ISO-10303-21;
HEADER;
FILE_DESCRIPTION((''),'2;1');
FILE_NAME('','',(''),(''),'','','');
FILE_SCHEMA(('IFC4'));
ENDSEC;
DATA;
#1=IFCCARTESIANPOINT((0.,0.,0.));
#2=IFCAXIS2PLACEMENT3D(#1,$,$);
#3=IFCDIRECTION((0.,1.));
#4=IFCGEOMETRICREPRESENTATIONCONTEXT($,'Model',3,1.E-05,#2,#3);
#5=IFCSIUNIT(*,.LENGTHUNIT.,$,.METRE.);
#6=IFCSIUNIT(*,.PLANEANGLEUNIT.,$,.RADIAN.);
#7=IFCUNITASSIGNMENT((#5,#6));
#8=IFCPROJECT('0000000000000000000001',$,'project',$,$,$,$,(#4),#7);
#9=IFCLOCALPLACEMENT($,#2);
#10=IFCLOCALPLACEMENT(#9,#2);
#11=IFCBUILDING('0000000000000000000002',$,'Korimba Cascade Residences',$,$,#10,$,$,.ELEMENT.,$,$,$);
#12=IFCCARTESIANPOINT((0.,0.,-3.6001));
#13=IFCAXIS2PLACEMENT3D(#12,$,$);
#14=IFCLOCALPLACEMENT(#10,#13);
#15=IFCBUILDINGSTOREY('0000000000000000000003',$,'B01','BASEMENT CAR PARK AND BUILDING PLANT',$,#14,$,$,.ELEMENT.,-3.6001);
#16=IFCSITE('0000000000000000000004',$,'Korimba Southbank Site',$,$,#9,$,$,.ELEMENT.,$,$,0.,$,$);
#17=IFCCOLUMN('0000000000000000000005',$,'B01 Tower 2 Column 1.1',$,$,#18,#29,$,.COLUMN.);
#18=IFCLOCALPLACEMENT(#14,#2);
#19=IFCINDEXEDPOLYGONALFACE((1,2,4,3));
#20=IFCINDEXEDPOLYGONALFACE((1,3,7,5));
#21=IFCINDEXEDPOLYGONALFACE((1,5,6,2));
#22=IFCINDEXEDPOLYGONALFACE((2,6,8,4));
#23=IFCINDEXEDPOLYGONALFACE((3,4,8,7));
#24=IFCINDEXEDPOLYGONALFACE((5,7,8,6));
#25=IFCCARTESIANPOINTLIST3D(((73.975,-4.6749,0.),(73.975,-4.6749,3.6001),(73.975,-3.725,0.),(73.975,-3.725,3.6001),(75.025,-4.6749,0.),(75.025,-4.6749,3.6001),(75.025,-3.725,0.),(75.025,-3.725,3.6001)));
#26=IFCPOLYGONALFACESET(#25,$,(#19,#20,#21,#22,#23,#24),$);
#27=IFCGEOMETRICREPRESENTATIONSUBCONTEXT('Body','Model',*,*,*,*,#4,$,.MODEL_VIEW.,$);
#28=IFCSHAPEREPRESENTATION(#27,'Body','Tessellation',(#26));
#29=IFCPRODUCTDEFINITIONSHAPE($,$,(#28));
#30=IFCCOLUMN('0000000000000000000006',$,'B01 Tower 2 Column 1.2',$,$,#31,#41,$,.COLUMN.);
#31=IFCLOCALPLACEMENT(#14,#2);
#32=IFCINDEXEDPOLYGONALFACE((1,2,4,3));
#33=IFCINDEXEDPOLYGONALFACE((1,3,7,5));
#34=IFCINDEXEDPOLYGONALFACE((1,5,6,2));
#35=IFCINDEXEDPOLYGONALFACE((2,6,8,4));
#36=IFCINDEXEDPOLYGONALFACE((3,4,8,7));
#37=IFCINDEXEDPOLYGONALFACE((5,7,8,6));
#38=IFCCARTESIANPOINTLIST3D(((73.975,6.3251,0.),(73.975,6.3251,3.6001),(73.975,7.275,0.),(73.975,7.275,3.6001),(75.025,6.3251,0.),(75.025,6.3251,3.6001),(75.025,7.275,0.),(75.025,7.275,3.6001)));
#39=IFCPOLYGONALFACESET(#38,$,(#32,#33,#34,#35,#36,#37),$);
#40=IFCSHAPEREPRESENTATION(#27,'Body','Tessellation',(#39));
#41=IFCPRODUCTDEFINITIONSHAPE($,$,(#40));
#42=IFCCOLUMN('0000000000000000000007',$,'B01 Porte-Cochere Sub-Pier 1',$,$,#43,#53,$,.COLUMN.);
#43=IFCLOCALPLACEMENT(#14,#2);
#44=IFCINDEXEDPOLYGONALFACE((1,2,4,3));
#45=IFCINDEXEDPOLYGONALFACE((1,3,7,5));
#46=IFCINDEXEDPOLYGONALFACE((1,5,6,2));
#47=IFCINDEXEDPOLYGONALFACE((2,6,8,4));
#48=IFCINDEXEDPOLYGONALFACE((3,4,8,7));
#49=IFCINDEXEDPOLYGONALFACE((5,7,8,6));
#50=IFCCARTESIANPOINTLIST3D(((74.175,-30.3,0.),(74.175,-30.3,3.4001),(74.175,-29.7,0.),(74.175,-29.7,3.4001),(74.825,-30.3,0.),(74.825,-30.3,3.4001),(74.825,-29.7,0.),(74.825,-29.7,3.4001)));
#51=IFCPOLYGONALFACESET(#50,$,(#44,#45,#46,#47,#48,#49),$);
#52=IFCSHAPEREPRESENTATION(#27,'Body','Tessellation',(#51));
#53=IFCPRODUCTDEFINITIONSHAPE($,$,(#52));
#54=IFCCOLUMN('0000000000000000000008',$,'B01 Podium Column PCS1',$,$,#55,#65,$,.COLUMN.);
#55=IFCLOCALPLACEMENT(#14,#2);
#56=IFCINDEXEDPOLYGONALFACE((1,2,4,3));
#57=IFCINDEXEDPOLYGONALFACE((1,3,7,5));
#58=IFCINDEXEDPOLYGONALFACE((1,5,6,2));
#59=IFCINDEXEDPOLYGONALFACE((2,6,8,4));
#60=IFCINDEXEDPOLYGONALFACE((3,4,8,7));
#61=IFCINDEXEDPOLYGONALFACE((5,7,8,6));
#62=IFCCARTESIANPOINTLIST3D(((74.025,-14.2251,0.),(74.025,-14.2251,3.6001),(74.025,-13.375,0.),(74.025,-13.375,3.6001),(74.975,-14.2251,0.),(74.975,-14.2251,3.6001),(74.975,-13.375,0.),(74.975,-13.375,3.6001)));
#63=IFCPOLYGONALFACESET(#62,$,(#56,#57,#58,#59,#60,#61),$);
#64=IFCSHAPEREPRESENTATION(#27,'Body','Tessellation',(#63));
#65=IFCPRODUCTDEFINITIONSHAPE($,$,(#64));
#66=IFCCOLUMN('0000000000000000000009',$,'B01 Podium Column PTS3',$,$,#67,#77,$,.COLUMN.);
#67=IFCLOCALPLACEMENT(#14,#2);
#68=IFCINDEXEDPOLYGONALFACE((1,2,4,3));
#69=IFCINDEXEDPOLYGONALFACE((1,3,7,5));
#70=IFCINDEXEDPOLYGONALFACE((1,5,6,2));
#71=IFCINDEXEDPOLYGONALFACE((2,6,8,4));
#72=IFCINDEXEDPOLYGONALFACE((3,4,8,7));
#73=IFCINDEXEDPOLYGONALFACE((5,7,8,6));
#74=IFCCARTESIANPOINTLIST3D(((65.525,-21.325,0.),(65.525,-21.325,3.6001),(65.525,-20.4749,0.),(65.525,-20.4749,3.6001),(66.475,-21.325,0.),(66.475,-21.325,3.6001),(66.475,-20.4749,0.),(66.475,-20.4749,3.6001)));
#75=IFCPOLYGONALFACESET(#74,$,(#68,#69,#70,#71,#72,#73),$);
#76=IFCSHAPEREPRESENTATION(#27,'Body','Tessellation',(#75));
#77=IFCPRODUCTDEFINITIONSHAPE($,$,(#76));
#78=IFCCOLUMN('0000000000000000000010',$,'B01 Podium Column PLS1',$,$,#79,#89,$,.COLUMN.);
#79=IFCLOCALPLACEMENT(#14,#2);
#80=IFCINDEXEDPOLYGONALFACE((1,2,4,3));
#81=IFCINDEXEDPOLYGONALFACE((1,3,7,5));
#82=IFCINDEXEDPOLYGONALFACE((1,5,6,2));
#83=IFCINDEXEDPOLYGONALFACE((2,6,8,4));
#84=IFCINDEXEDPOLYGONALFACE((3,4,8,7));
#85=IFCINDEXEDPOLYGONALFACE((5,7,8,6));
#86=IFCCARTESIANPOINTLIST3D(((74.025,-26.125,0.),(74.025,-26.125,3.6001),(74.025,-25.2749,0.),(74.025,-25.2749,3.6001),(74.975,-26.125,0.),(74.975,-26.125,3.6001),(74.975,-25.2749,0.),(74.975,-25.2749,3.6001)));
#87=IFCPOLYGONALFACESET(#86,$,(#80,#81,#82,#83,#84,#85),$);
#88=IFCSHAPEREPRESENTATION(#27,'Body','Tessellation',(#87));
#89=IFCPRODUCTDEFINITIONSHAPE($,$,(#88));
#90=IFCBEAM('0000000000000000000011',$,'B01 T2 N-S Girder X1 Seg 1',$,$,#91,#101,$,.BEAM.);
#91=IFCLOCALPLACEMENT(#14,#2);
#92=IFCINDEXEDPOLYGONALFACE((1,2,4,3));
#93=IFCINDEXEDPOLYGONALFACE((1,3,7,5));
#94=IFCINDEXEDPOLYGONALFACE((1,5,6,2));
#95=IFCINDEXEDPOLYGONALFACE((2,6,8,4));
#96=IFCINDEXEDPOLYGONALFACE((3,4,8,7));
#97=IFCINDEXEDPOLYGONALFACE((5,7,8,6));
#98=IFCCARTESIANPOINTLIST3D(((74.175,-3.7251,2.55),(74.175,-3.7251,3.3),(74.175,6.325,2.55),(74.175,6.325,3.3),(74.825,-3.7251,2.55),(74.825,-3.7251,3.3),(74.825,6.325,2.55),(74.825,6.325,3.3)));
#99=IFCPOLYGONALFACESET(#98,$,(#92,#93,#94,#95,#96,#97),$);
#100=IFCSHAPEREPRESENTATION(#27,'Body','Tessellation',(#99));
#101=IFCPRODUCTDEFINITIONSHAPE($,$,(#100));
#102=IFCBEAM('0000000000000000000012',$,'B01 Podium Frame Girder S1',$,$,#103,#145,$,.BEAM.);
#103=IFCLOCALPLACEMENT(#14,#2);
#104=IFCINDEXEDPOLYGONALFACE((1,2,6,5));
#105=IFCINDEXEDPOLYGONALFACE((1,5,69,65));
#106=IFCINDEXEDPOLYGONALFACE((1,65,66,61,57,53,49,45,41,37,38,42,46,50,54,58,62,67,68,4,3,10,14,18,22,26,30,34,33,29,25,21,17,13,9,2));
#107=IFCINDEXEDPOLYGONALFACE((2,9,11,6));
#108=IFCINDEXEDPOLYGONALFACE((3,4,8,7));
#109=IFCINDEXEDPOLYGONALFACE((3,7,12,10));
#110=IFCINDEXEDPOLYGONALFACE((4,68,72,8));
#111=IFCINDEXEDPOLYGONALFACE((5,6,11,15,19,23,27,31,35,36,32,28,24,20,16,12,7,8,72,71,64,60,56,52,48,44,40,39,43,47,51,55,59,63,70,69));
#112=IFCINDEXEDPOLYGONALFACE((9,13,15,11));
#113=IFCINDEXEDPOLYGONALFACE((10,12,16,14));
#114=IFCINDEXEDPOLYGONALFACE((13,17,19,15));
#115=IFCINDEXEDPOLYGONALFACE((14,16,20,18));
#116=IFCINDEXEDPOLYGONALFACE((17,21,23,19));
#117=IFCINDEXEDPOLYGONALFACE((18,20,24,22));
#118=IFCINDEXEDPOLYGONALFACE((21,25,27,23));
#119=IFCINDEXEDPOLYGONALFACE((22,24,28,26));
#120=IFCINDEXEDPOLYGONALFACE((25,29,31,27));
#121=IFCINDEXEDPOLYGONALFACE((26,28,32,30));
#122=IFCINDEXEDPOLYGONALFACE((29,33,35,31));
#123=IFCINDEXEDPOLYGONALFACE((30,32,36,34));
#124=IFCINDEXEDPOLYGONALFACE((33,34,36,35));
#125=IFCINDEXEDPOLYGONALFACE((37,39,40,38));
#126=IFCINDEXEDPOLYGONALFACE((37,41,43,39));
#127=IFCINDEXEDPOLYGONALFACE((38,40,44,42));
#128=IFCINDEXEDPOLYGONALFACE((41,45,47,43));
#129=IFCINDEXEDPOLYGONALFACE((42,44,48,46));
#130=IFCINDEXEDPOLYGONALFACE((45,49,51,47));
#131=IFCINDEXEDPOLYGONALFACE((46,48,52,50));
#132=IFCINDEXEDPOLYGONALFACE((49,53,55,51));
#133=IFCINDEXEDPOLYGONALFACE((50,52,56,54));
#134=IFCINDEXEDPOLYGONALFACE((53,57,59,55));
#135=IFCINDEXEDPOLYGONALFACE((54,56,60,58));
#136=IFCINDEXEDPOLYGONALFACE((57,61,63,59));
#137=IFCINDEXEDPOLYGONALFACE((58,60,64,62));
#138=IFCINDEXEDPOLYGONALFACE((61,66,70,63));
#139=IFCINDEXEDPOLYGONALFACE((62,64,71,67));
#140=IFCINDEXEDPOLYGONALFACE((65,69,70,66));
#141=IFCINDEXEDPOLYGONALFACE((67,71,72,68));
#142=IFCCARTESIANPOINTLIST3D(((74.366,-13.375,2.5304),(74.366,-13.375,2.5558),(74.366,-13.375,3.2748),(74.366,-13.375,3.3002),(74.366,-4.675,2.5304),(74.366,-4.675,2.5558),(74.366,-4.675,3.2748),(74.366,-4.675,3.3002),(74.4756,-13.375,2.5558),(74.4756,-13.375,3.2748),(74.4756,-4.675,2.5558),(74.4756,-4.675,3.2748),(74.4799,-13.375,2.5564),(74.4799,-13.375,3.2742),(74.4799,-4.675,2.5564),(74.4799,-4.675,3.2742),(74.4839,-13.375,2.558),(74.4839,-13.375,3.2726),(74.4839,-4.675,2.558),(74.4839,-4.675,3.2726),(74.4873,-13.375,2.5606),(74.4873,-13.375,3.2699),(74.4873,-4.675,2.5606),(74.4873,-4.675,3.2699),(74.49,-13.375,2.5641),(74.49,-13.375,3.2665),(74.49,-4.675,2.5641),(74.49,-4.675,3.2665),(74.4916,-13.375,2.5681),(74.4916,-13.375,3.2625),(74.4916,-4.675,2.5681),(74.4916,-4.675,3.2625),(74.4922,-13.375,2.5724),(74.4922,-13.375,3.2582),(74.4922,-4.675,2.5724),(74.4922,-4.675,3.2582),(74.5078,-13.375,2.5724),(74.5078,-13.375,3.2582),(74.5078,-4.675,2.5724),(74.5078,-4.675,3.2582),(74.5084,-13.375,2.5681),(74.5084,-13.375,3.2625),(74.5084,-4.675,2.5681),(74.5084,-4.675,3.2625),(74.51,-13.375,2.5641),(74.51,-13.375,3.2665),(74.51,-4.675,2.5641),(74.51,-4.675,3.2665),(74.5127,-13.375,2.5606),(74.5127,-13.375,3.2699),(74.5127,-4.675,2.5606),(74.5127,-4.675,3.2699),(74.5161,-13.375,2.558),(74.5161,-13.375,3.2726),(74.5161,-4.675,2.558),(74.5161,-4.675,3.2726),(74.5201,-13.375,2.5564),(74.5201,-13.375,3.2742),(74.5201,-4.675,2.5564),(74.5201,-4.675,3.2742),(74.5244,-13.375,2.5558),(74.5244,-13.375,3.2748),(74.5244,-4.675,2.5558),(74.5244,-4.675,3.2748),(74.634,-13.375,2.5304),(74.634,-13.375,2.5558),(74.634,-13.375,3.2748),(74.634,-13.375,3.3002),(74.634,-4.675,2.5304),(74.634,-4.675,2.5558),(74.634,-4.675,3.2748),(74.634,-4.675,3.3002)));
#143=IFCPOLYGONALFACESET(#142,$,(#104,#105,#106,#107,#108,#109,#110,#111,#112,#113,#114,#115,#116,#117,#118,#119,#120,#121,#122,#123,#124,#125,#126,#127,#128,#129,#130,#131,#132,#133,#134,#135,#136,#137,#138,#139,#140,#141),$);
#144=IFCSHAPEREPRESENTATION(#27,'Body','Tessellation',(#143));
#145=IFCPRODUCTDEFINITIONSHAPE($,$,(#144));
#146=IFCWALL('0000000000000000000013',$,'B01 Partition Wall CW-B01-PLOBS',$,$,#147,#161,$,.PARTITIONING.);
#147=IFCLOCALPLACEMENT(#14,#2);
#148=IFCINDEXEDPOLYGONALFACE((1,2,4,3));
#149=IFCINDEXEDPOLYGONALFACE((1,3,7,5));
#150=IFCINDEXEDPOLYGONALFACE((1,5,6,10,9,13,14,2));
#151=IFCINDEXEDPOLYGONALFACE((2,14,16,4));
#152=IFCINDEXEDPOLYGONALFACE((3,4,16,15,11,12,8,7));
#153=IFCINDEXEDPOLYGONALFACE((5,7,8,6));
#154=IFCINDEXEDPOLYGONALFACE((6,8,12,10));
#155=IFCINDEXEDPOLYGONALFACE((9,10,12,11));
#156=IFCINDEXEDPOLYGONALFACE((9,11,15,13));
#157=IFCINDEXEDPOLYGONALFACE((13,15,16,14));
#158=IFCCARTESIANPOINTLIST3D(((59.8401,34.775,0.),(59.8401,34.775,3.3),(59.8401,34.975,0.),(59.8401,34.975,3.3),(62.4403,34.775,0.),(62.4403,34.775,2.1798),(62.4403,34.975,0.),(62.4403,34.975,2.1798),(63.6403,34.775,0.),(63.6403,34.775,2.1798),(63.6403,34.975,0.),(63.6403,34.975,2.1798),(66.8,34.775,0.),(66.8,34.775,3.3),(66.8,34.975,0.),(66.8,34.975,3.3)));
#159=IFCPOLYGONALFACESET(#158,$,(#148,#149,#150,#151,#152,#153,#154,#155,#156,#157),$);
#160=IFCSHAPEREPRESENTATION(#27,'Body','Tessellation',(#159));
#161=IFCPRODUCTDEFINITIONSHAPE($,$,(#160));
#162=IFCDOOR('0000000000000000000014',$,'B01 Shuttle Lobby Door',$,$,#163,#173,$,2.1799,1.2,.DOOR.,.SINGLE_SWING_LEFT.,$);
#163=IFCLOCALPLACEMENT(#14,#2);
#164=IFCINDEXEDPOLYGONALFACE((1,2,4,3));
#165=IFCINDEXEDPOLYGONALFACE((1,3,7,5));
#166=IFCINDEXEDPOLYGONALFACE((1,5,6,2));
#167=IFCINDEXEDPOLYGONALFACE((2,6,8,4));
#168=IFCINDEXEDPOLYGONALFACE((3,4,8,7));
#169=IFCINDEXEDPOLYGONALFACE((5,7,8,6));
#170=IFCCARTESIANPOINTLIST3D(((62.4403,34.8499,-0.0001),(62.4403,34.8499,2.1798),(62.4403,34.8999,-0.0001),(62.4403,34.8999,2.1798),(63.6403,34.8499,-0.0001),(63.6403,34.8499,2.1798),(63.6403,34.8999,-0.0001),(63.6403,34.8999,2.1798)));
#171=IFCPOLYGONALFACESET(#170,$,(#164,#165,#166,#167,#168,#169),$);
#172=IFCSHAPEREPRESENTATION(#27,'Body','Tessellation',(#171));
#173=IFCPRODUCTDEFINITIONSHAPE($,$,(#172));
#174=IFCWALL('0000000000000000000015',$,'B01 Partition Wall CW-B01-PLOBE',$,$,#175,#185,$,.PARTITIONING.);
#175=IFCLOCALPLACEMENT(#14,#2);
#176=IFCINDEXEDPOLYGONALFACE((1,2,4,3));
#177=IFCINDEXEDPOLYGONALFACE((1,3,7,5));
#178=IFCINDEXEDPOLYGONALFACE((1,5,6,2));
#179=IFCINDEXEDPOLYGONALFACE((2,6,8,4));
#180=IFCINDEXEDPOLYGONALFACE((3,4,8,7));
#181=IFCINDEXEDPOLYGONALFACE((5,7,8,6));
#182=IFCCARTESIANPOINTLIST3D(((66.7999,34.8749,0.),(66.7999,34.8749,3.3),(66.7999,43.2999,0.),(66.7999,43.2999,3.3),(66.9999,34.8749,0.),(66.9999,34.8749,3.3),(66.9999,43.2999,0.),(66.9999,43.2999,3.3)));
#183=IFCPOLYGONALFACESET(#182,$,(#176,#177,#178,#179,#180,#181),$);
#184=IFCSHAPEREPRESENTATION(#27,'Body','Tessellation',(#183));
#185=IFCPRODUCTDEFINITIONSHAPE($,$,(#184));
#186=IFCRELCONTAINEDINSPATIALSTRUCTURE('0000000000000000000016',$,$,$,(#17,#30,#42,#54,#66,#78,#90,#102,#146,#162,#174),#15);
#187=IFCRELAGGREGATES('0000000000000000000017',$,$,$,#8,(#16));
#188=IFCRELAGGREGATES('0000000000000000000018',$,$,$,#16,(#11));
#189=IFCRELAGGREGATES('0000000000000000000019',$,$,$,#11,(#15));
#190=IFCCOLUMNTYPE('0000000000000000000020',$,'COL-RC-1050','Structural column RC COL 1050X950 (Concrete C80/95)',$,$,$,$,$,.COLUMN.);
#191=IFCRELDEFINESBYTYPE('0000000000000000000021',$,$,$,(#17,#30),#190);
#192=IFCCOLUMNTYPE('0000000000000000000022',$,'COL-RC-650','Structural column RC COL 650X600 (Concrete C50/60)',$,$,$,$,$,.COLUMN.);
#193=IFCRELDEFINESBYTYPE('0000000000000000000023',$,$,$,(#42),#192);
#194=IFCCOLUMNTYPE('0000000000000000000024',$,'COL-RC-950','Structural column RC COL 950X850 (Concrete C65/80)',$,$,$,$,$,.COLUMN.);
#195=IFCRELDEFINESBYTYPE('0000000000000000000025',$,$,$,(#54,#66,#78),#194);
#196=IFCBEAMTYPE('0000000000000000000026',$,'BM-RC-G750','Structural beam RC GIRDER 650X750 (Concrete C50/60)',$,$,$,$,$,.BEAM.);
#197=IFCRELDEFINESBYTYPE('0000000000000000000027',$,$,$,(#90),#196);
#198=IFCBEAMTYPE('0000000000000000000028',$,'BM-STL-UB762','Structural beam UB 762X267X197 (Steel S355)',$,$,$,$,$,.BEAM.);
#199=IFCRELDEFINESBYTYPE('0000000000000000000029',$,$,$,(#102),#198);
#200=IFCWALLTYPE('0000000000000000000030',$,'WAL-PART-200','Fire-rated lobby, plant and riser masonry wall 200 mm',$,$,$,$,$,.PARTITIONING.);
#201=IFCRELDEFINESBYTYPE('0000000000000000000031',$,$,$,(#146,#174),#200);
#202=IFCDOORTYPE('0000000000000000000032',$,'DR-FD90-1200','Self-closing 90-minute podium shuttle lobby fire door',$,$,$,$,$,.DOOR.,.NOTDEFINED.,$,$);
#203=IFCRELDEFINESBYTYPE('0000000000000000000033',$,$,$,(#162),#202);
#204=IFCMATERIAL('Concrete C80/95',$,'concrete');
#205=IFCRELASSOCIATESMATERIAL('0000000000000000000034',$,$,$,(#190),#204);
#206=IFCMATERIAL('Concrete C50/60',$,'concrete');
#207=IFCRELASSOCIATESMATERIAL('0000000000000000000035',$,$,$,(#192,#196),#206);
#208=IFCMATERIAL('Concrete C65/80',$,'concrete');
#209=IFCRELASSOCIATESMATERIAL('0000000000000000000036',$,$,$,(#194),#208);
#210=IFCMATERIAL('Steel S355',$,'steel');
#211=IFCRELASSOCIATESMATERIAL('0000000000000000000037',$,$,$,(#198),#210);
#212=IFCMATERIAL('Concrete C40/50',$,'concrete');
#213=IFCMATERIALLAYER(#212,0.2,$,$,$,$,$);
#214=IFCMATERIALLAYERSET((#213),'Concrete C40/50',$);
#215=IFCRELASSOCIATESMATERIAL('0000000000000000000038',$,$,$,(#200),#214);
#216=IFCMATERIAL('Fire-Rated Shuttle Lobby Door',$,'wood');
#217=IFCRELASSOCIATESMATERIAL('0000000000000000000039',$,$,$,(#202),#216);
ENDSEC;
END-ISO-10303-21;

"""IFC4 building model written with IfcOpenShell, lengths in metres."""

from ifc_helpers import new_model, si_unit, direction, frame, frame_2d, origin, origin_2d, place, context, subcontext, project, spatial, rectangle, i_section, extrude, material, layer, layer_set, material_profile, profile_set, type_object, element, fill, save


model = new_model("IFC4")

# Units and contexts
model_context = context("Model", 3, precision=1e-05, world=origin(), true_north=direction((0.0, 1.0)))
body_context = subcontext(model_context, "Body", "Model", "MODEL_VIEW")
ifc_project = project(units=[si_unit("LENGTHUNIT", "METRE"), si_unit("PLANEANGLEUNIT", "RADIAN")], contexts=[model_context])

# Site, building, storey
site_placement = place(None, origin())
site = spatial("IfcSite", under=ifc_project, at=site_placement, Name="Korimba Southbank Site", CompositionType="ELEMENT", RefElevation=0.0)
building_placement = place(site_placement, origin())
building = spatial("IfcBuilding", under=site, at=building_placement, Name="Korimba Cascade Residences", CompositionType="ELEMENT")
storey_placement = place(building_placement, frame((0.0, 0.0, -3.6001)))
storey = spatial("IfcBuildingStorey", under=building, at=storey_placement, Name="B01", Description="BASEMENT CAR PARK AND BUILDING PLANT", CompositionType="ELEMENT", Elevation=-3.6001)

# Columns
ifc_material_1 = material(Name="Concrete C80/95", Category="concrete")
ifc_material_profile_1 = material_profile(ifc_material_1, rectangle(XDim=1.05, YDim=0.95, at=origin_2d()), Name="Concrete C80/95")
ifc_profile_set_1 = profile_set([ifc_material_profile_1], Name="Concrete C80/95")
column_type_1 = type_object("IfcColumnType", Name="COL-RC-1050", Description="Structural column RC COL 1050X950 (Concrete C80/95)", PredefinedType="COLUMN", material=ifc_profile_set_1)
for number, where, z_axis, x_axis, name in (
    (1, (74.5, -4.2, 0.0), (0.0, 0.0, 1.0), (1.0, 0.0, 0.0), "B01 Tower 2 Column 1.1"),
    (2, (74.5, 6.8, 0.0), (0.0, 0.0, 1.0), (1.0, 0.0, 0.0), "B01 Tower 2 Column 1.2"),
):
    element("IfcColumn", number, at=place(storey_placement, frame(where, z_axis=z_axis, x_axis=x_axis)), inside=storey, type_object=column_type_1, Name=name, PredefinedType="COLUMN", context=body_context, shape_type="SweptSolid", body=[
        extrude(rectangle(XDim=1.05, YDim=0.95, at=origin_2d()), origin(), (0.0, 0.0, 1.0), 3.6001),
    ])
ifc_material_2 = material(Name="Concrete C50/60", Category="concrete")
ifc_material_profile_2 = material_profile(ifc_material_2, rectangle(XDim=0.6499, YDim=0.6001, at=origin_2d()), Name="Concrete C50/60")
ifc_profile_set_2 = profile_set([ifc_material_profile_2], Name="Concrete C50/60")
column_type_2 = type_object("IfcColumnType", Name="COL-RC-650", Description="Structural column RC COL 650X600 (Concrete C50/60)", PredefinedType="COLUMN", material=ifc_profile_set_2)
column_placement = place(storey_placement, frame((74.5, -30.0, 0.0), z_axis=(0.0, 0.0, 1.0), x_axis=(1.0, 0.0, 0.0)))
element("IfcColumn", 3, at=column_placement, inside=storey, type_object=column_type_2, Name="B01 Porte-Cochere Sub-Pier 1", PredefinedType="COLUMN", context=body_context, shape_type="SweptSolid", body=[
    extrude(rectangle(XDim=0.6499, YDim=0.6001, at=origin_2d()), origin(), (0.0, 0.0, 1.0), 3.4001),
])
ifc_material_3 = material(Name="Concrete C65/80", Category="concrete")
ifc_material_profile_3 = material_profile(ifc_material_3, rectangle(XDim=0.95, YDim=0.8501, at=origin_2d()), Name="Concrete C65/80")
ifc_profile_set_3 = profile_set([ifc_material_profile_3], Name="Concrete C65/80")
column_type_3 = type_object("IfcColumnType", Name="COL-RC-950", Description="Structural column RC COL 950X850 (Concrete C65/80)", PredefinedType="COLUMN", material=ifc_profile_set_3)
for number, where, z_axis, x_axis, name in (
    (4, (74.5, -13.8, 0.0), (0.0, 0.0, 1.0), (1.0, 0.0, 0.0), "B01 Podium Column PCS1"),
    (5, (66.0, -20.8999, 0.0), (0.0, 0.0, 1.0), (1.0, 0.0, 0.0), "B01 Podium Column PTS3"),
    (6, (74.5, -25.7, 0.0), (0.0, 0.0, 1.0), (1.0, 0.0, 0.0), "B01 Podium Column PLS1"),
):
    element("IfcColumn", number, at=place(storey_placement, frame(where, z_axis=z_axis, x_axis=x_axis)), inside=storey, type_object=column_type_3, Name=name, PredefinedType="COLUMN", context=body_context, shape_type="SweptSolid", body=[
        extrude(rectangle(XDim=0.95, YDim=0.8501, at=origin_2d()), origin(), (0.0, 0.0, 1.0), 3.6001),
    ])

# Beams
ifc_material_profile_4 = material_profile(ifc_material_2, rectangle(XDim=0.6499, YDim=0.75, at=origin_2d()), Name="Concrete C50/60")
ifc_profile_set_4 = profile_set([ifc_material_profile_4], Name="Concrete C50/60")
beam_type_1 = type_object("IfcBeamType", Name="BM-RC-G750", Description="Structural beam RC GIRDER 650X750 (Concrete C50/60)", PredefinedType="BEAM", material=ifc_profile_set_4)
beam_1_placement = place(storey_placement, frame((74.5, -3.7251, 2.925), z_axis=(0.0, 1.0, 0.0), x_axis=(-1.0, 0.0, 0.0)))
element("IfcBeam", 7, at=beam_1_placement, inside=storey, type_object=beam_type_1, Name="B01 T2 N-S Girder X1 Seg 1", PredefinedType="BEAM", context=body_context, shape_type="SweptSolid", body=[
    extrude(rectangle(XDim=0.6499, YDim=0.75, at=origin_2d()), origin(), (0.0, 0.0, 1.0), 10.05),
])
ifc_material_4 = material(Name="Steel S355", Category="steel")
ifc_material_profile_5 = material_profile(ifc_material_4, i_section(OverallWidth=0.2681, OverallDepth=0.7698, WebThickness=0.0156, FlangeThickness=0.0254, FilletRadius=0.0166, at=origin_2d()), Name="Steel S355")
ifc_profile_set_5 = profile_set([ifc_material_profile_5], Name="Steel S355")
beam_type_2 = type_object("IfcBeamType", Name="BM-STL-UB762", Description="Structural beam UB 762X267X197 (Steel S355)", PredefinedType="BEAM", material=ifc_profile_set_5)
beam_2_placement = place(storey_placement, frame((74.5, -13.375, 2.9153), z_axis=(0.0, 1.0, 0.0), x_axis=(-1.0, 0.0, 0.0)))
element("IfcBeam", 8, at=beam_2_placement, inside=storey, type_object=beam_type_2, Name="B01 Podium Frame Girder S1", PredefinedType="BEAM", context=body_context, shape_type="SweptSolid", body=[
    extrude(i_section(OverallWidth=0.2681, OverallDepth=0.7698, WebThickness=0.0156, FlangeThickness=0.0254, FilletRadius=0.0166, at=origin_2d()), origin(), (0.0, 0.0, 1.0), 8.7),
])

# Wall, opening, door
ifc_material_5 = material(Name="Concrete C40/50", Category="concrete")
ifc_layer_1 = layer(ifc_material_5, 0.2)
ifc_layer_set_1 = layer_set([ifc_layer_1], Name="Concrete C40/50")
wall_type_1 = type_object("IfcWallType", Name="WAL-PART-200", Description="Fire-rated lobby, plant and riser masonry wall 200 mm", PredefinedType="PARTITIONING", material=ifc_layer_set_1)
wall_1_placement = place(storey_placement, frame((59.8401, 34.875, 0.0), z_axis=(0.0, 0.0, 1.0), x_axis=(1.0, 0.0, 0.0)))
wall_1 = element("IfcWall", 9, at=wall_1_placement, inside=storey, type_object=wall_type_1, Name="B01 Partition Wall CW-B01-PLOBS", PredefinedType="PARTITIONING", context=body_context, shape_type="SweptSolid", body=[
    extrude(rectangle(XDim=6.96, YDim=0.2, at=frame_2d((3.48, 0.0))), origin(), (0.0, 0.0, 1.0), 3.3),
])
opening_1_placement = place(wall_1_placement, frame((2.6001, 0.0, 0.0)))
opening_1 = element("IfcOpeningElement", 10, at=opening_1_placement, cuts=wall_1, PredefinedType="OPENING", context=body_context, shape_type="SweptSolid", body=[
    extrude(rectangle(XDim=1.2, YDim=2.1799, at=frame_2d((0.6001, 1.0898))), frame((0.0, 0.1099, 0.0), z_axis=(0.0, -1.0, 0.0), x_axis=(1.0, 0.0, 0.0)), (0.0, 0.0, 1.0), 0.22),
])
ifc_material_6 = material(Name="Fire-Rated Shuttle Lobby Door", Category="wood")
door_type_1 = type_object("IfcDoorType", Name="DR-FD90-1200", Description="Self-closing 90-minute podium shuttle lobby fire door", OperationType="NOTDEFINED", PredefinedType="DOOR", material=ifc_material_6)
door_1_placement = place(opening_1_placement, origin())
door_1 = element("IfcDoor", 11, at=door_1_placement, inside=storey, type_object=door_type_1, Name="B01 Shuttle Lobby Door", OperationType="SINGLE_SWING_LEFT", OverallHeight=2.1799, OverallWidth=1.2, PredefinedType="DOOR", context=body_context, shape_type="SweptSolid", body=[
    extrude(rectangle(XDim=1.2, YDim=2.1799, at=frame_2d((0.6001, 1.0898))), frame((0.0, 0.0249, 0.0), z_axis=(0.0, -1.0, 0.0), x_axis=(1.0, 0.0, 0.0)), (0.0, 0.0, 1.0), 0.05),
])
fill(opening_1, door_1)

# Wall
wall_2_placement = place(storey_placement, frame((66.8999, 34.875, 0.0), z_axis=(0.0, 0.0, 1.0), x_axis=(0.0, 1.0, 0.0)))
element("IfcWall", 12, at=wall_2_placement, inside=storey, type_object=wall_type_1, Name="B01 Partition Wall CW-B01-PLOBE", PredefinedType="PARTITIONING", context=body_context, shape_type="SweptSolid", body=[
    extrude(rectangle(XDim=8.425, YDim=0.2, at=frame_2d((4.2124, 0.0))), origin(), (0.0, 0.0, 1.0), 3.3),
])

save(model, "model.ifc")
